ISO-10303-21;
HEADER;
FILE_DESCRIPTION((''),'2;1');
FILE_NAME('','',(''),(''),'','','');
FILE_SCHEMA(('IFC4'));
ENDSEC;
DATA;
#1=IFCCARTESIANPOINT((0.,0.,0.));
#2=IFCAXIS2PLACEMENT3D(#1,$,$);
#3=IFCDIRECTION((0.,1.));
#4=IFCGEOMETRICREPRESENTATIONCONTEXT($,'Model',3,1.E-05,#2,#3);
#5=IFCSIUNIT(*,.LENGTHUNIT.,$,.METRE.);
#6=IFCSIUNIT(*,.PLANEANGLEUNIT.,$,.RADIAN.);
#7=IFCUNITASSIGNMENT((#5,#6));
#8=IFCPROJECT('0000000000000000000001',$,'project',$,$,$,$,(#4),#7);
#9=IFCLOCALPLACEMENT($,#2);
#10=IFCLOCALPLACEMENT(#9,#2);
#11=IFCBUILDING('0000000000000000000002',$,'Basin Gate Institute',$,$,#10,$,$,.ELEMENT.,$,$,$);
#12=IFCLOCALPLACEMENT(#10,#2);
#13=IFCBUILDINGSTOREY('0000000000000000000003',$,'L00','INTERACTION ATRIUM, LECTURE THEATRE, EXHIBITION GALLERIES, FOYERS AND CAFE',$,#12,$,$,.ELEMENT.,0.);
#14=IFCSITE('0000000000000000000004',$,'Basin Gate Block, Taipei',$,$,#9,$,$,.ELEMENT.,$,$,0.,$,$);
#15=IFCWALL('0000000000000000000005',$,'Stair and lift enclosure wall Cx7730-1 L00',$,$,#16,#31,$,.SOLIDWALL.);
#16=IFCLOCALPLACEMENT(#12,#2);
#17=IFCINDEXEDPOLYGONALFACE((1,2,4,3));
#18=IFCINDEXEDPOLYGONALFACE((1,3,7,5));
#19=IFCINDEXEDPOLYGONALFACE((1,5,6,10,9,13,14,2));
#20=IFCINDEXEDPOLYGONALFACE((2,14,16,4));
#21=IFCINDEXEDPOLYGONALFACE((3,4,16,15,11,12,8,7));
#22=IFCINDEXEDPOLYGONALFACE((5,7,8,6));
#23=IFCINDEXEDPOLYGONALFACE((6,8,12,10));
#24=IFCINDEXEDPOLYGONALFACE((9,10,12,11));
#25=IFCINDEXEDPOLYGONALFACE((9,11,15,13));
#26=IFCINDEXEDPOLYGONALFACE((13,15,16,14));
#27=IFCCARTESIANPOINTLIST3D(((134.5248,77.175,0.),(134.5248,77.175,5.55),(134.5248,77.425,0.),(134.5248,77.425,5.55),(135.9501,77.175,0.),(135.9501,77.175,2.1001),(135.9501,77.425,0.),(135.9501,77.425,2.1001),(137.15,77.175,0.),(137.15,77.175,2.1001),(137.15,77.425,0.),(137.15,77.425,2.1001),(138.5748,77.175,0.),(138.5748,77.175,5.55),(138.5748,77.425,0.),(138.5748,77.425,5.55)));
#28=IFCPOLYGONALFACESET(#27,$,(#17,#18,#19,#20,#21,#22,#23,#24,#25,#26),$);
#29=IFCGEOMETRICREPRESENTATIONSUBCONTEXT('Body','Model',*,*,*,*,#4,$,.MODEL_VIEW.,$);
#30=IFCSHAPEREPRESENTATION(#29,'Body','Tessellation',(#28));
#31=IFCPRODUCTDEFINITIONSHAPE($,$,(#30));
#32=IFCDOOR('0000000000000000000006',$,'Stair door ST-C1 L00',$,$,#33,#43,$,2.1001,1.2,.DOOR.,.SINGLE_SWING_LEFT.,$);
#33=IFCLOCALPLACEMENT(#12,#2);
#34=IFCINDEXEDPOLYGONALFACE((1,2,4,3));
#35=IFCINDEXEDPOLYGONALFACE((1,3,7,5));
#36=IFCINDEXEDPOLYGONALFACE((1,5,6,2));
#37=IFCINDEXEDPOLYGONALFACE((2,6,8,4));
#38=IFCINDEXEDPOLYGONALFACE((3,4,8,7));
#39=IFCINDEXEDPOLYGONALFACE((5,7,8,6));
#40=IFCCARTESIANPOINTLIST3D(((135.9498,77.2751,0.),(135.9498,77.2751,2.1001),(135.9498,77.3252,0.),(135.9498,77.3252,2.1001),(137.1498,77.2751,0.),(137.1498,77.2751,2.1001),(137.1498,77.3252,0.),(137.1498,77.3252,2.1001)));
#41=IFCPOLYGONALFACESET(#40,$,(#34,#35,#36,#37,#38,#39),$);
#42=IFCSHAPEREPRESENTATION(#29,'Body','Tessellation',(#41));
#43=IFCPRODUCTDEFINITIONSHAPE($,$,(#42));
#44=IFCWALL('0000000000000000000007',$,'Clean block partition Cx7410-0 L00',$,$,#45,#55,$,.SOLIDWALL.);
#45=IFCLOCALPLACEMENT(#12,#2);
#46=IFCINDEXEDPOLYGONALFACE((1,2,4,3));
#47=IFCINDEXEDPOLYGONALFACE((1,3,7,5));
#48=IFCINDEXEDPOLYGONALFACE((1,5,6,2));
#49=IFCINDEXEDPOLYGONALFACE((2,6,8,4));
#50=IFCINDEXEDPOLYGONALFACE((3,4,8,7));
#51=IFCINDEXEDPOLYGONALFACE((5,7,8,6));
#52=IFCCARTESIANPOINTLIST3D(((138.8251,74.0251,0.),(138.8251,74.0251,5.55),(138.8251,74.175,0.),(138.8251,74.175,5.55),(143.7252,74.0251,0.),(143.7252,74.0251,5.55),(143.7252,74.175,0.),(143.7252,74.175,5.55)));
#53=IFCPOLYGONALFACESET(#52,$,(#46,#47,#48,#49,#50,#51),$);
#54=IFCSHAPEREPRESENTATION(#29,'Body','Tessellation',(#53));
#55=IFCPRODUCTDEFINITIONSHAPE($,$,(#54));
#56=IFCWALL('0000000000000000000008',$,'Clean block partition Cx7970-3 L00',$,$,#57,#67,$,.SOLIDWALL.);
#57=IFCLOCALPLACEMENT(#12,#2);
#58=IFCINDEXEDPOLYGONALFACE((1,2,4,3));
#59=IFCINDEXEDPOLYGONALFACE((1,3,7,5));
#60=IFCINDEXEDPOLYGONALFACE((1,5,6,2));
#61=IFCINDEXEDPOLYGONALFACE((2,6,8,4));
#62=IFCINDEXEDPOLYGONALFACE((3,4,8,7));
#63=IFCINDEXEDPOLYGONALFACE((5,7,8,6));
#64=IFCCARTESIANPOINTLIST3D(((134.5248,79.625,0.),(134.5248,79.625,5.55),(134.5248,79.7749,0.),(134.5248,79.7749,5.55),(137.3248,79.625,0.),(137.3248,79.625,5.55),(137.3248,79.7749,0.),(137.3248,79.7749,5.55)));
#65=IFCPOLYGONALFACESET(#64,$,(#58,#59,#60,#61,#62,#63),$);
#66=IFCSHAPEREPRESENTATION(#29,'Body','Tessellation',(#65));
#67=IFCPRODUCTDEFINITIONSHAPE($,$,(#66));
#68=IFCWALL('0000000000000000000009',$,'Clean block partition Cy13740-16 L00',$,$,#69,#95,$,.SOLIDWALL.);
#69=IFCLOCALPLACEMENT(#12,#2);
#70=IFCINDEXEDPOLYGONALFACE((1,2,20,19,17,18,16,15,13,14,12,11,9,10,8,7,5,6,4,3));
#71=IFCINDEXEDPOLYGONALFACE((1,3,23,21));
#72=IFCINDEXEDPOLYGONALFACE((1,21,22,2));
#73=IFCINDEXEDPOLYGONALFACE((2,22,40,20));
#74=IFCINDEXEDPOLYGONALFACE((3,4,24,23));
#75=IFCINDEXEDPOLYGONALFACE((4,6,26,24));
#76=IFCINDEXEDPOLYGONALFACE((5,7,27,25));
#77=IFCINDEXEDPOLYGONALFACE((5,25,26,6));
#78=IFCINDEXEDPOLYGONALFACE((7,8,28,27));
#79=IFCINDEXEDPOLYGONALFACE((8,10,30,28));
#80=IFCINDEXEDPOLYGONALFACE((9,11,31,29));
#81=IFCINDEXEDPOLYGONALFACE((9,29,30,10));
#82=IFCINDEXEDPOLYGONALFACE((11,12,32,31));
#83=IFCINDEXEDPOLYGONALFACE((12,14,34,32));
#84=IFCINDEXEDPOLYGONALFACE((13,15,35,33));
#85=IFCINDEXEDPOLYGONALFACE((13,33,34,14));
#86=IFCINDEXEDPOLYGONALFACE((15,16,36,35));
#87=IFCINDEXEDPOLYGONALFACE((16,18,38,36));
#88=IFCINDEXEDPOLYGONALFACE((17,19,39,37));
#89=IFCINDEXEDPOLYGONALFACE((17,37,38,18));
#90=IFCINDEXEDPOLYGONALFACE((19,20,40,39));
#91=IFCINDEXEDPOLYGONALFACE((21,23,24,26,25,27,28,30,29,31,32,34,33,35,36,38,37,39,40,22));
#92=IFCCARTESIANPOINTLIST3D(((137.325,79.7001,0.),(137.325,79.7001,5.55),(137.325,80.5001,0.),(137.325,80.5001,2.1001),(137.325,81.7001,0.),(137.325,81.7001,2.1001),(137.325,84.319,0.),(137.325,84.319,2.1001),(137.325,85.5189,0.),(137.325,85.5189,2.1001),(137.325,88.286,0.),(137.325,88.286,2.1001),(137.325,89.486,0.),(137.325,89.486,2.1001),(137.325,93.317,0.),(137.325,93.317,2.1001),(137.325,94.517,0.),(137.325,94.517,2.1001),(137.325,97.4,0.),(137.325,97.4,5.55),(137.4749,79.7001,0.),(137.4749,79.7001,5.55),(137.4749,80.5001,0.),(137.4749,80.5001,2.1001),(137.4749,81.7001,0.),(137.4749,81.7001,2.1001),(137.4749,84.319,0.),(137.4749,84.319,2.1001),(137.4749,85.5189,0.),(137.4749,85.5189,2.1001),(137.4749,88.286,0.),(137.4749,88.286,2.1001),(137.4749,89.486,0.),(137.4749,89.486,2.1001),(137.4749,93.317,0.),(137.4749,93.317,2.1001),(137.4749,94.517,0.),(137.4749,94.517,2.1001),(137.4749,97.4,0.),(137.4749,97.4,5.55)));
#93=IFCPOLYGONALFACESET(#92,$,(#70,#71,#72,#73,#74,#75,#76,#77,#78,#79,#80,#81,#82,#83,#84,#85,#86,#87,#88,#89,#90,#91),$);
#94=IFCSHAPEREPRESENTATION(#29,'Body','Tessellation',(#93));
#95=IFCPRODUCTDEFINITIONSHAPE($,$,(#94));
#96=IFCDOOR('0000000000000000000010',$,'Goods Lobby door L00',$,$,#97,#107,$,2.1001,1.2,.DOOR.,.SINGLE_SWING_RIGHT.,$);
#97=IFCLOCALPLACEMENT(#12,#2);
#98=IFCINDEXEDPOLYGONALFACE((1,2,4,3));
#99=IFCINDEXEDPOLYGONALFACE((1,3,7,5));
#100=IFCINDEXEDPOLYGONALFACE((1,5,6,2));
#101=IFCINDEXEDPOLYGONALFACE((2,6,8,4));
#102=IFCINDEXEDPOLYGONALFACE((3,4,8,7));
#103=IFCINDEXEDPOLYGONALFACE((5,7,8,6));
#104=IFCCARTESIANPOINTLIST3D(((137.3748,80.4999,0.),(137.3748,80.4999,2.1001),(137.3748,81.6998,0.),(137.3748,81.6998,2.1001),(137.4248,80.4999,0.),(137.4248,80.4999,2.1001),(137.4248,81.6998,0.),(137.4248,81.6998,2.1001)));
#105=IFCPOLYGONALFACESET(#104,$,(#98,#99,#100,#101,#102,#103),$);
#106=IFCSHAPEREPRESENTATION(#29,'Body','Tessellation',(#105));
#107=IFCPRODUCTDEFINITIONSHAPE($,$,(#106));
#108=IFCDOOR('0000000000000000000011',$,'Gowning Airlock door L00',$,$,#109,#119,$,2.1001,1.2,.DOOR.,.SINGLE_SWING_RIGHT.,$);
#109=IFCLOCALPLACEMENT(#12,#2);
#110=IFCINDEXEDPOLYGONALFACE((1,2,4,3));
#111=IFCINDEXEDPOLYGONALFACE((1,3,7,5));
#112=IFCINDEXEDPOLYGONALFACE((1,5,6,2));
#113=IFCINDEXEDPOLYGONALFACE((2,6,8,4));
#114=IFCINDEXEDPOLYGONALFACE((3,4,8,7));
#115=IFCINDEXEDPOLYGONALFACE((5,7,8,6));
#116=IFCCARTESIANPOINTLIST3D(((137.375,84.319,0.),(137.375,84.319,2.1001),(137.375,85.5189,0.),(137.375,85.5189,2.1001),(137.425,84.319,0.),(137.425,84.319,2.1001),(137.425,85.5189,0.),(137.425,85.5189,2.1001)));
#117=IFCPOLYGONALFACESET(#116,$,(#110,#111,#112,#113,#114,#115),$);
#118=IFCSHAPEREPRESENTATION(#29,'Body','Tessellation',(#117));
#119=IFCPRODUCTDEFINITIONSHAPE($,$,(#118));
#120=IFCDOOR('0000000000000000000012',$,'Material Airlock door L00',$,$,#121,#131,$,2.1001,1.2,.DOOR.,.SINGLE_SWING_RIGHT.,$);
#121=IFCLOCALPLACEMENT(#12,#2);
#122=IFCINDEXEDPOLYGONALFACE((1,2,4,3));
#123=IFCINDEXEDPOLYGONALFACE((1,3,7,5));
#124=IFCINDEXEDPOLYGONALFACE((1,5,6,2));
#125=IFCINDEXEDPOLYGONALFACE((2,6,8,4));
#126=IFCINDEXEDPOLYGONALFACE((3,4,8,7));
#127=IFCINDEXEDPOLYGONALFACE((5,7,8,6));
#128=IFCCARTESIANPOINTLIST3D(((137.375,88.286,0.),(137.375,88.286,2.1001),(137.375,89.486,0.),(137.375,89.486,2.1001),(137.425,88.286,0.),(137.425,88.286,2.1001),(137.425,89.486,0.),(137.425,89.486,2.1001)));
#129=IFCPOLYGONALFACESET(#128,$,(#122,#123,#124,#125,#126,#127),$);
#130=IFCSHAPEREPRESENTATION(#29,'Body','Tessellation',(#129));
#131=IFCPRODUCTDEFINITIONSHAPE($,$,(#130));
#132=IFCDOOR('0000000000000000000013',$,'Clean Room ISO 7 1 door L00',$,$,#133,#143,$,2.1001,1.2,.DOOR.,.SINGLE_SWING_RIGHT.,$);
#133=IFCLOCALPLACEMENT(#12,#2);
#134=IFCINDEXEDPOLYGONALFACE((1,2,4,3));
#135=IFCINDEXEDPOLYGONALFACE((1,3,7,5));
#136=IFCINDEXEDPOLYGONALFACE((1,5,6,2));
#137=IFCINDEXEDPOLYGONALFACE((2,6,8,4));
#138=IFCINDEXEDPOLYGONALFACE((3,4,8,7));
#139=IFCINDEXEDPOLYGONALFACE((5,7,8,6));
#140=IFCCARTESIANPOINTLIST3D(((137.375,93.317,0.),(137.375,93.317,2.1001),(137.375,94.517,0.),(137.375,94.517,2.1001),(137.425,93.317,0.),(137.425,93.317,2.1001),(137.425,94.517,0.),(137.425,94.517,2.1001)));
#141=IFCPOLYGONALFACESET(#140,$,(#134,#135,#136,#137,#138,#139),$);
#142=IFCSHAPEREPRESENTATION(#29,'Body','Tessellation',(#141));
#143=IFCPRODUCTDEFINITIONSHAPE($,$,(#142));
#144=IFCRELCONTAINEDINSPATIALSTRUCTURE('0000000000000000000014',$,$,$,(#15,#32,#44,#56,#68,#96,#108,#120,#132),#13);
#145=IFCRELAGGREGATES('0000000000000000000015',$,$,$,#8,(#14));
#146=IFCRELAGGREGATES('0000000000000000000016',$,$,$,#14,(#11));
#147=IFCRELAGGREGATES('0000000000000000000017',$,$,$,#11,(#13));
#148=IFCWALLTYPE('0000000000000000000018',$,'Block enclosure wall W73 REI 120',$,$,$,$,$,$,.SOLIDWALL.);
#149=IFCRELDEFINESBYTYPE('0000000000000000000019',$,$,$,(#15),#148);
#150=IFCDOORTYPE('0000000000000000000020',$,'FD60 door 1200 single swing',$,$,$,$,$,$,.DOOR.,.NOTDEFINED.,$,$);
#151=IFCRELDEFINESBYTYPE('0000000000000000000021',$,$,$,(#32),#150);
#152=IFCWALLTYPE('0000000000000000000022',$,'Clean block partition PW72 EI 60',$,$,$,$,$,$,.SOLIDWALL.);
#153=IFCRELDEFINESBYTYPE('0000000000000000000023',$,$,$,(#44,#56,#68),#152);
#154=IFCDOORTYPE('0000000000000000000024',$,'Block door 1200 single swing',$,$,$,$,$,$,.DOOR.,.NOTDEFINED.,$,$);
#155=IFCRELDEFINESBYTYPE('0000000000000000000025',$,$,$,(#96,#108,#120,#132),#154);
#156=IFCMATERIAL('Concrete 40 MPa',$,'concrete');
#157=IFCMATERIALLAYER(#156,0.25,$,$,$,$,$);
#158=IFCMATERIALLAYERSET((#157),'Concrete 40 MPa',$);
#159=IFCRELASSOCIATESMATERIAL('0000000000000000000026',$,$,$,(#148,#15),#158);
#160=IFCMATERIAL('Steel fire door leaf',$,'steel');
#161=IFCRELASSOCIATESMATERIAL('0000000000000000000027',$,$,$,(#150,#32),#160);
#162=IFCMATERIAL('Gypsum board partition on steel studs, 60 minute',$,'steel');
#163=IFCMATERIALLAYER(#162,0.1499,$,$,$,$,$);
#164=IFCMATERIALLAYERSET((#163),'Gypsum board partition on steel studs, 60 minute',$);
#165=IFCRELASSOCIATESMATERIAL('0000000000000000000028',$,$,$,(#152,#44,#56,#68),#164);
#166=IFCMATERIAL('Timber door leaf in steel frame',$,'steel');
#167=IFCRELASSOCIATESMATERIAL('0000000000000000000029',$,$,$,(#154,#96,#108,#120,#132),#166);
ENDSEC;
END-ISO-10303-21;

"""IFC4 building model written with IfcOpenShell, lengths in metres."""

from ifc_helpers import new_model, si_unit, direction, frame, frame_2d, origin, place, context, subcontext, project, spatial, rectangle, extrude, material, layer, layer_set, type_object, element, fill, save


model = new_model("IFC4")

# Units and contexts
model_context = context("Model", 3, precision=1e-05, world=origin(), true_north=direction((0.0, 1.0)))
body_context = subcontext(model_context, "Body", "Model", "MODEL_VIEW")
ifc_project = project(units=[si_unit("LENGTHUNIT", "METRE"), si_unit("PLANEANGLEUNIT", "RADIAN")], contexts=[model_context])

# Site, building, storey
site_placement = place(None, origin())
site = spatial("IfcSite", under=ifc_project, at=site_placement, Name="Basin Gate Block, Taipei", CompositionType="ELEMENT", RefElevation=0.0)
building_placement = place(site_placement, origin())
building = spatial("IfcBuilding", under=site, at=building_placement, Name="Basin Gate Institute", CompositionType="ELEMENT")
storey_placement = place(building_placement, origin())
storey = spatial("IfcBuildingStorey", under=building, at=storey_placement, Name="L00", Description="INTERACTION ATRIUM, LECTURE THEATRE, EXHIBITION GALLERIES, FOYERS AND CAFE", CompositionType="ELEMENT", Elevation=0.0)

# Wall, opening, door
ifc_material_1 = material(Name="Concrete 40 MPa", Category="concrete")
ifc_layer_1 = layer(ifc_material_1, 0.25)
ifc_layer_set_1 = layer_set([ifc_layer_1], Name="Concrete 40 MPa")
wall_type_1 = type_object("IfcWallType", Name="Block enclosure wall W73 REI 120", PredefinedType="SOLIDWALL", material=ifc_layer_set_1)
wall_1_placement = place(storey_placement, frame((134.5249, 77.3, 0.0), z_axis=(0.0, 0.0, 1.0), x_axis=(1.0, 0.0, 0.0)))
wall_1 = element("IfcWall", 1, at=wall_1_placement, inside=storey, type_object=wall_type_1, material=ifc_layer_set_1, Name="Stair and lift enclosure wall Cx7730-1 L00", PredefinedType="SOLIDWALL", context=body_context, shape_type="SweptSolid", body=[
    extrude(rectangle(XDim=4.05, YDim=0.25, at=frame_2d((2.0249, 0.0))), origin(), (0.0, 0.0, 1.0), 5.55),
])
opening_1_placement = place(wall_1_placement, frame((1.425, 0.0, 0.0)))
opening_1 = element("IfcOpeningElement", 2, at=opening_1_placement, cuts=wall_1, PredefinedType="OPENING", context=body_context, shape_type="SweptSolid", body=[
    extrude(rectangle(XDim=1.2, YDim=2.1001, at=frame_2d((0.6001, 1.05))), frame((0.0, 0.135, 0.0), z_axis=(0.0, -1.0, 0.0), x_axis=(1.0, 0.0, 0.0)), (0.0, 0.0, 1.0), 0.27),
])
ifc_material_2 = material(Name="Steel fire door leaf", Category="steel")
door_type_1 = type_object("IfcDoorType", Name="FD60 door 1200 single swing", OperationType="NOTDEFINED", PredefinedType="DOOR", material=ifc_material_2)
door_1_placement = place(opening_1_placement, frame((1.2, 0.0, 0.0), z_axis=(0.0, 0.0, 1.0), x_axis=(-1.0, 0.0, 0.0)))
door_1 = element("IfcDoor", 3, at=door_1_placement, inside=storey, type_object=door_type_1, material=ifc_material_2, Name="Stair door ST-C1 L00", OperationType="SINGLE_SWING_LEFT", OverallHeight=2.1001, OverallWidth=1.2, PredefinedType="DOOR", context=body_context, shape_type="SweptSolid", body=[
    extrude(rectangle(XDim=1.2, YDim=2.1001, at=frame_2d((0.6001, 1.05))), frame((0.0, 0.0249, 0.0), z_axis=(0.0, -1.0, 0.0), x_axis=(1.0, 0.0, 0.0)), (0.0, 0.0, 1.0), 0.05),
])
fill(opening_1, door_1)

# Walls
ifc_material_3 = material(Name="Gypsum board partition on steel studs, 60 minute", Category="steel")
ifc_layer_2 = layer(ifc_material_3, 0.1499)
ifc_layer_set_2 = layer_set([ifc_layer_2], Name="Gypsum board partition on steel studs, 60 minute")
wall_type_2 = type_object("IfcWallType", Name="Clean block partition PW72 EI 60", PredefinedType="SOLIDWALL", material=ifc_layer_set_2)
wall_2_placement = place(storey_placement, frame((138.825, 74.1001, 0.0), z_axis=(0.0, 0.0, 1.0), x_axis=(1.0, 0.0, 0.0)))
element("IfcWall", 4, at=wall_2_placement, inside=storey, type_object=wall_type_2, material=ifc_layer_set_2, Name="Clean block partition Cx7410-0 L00", PredefinedType="SOLIDWALL", context=body_context, shape_type="SweptSolid", body=[
    extrude(rectangle(XDim=4.9001, YDim=0.1499, at=frame_2d((2.4502, 0.0))), origin(), (0.0, 0.0, 1.0), 5.55),
])
wall_3_placement = place(storey_placement, frame((134.5249, 79.7, 0.0), z_axis=(0.0, 0.0, 1.0), x_axis=(1.0, 0.0, 0.0)))
element("IfcWall", 5, at=wall_3_placement, inside=storey, type_object=wall_type_2, material=ifc_layer_set_2, Name="Clean block partition Cx7970-3 L00", PredefinedType="SOLIDWALL", context=body_context, shape_type="SweptSolid", body=[
    extrude(rectangle(XDim=2.8, YDim=0.1499, at=frame_2d((1.3999, 0.0))), origin(), (0.0, 0.0, 1.0), 5.55),
])

# Wall, openings, doors
wall_4_placement = place(storey_placement, frame((137.3999, 79.7, 0.0), z_axis=(0.0, 0.0, 1.0), x_axis=(0.0, 1.0, 0.0)))
wall_4 = element("IfcWall", 6, at=wall_4_placement, inside=storey, type_object=wall_type_2, material=ifc_layer_set_2, Name="Clean block partition Cy13740-16 L00", PredefinedType="SOLIDWALL", context=body_context, shape_type="SweptSolid", body=[
    extrude(rectangle(XDim=17.7, YDim=0.1499, at=frame_2d((8.8501, 0.0))), origin(), (0.0, 0.0, 1.0), 5.55),
])
opening_2_placement = place(wall_4_placement, frame((0.8, 0.0, 0.0)))
opening_2 = element("IfcOpeningElement", 7, at=opening_2_placement, cuts=wall_4, PredefinedType="OPENING", context=body_context, shape_type="SweptSolid", body=[
    extrude(rectangle(XDim=1.2, YDim=2.1001, at=frame_2d((0.6001, 1.05))), frame((0.0, 0.085, 0.0), z_axis=(0.0, -1.0, 0.0), x_axis=(1.0, 0.0, 0.0)), (0.0, 0.0, 1.0), 0.1699),
])
opening_3_placement = place(wall_4_placement, frame((4.6189, 0.0, 0.0)))
opening_3 = element("IfcOpeningElement", 8, at=opening_3_placement, cuts=wall_4, PredefinedType="OPENING", context=body_context, shape_type="SweptSolid", body=[
    extrude(rectangle(XDim=1.2, YDim=2.1001, at=frame_2d((0.6001, 1.05))), frame((0.0, 0.085, 0.0), z_axis=(0.0, -1.0, 0.0), x_axis=(1.0, 0.0, 0.0)), (0.0, 0.0, 1.0), 0.1699),
])
opening_4_placement = place(wall_4_placement, frame((8.5859, 0.0, 0.0)))
opening_4 = element("IfcOpeningElement", 9, at=opening_4_placement, cuts=wall_4, PredefinedType="OPENING", context=body_context, shape_type="SweptSolid", body=[
    extrude(rectangle(XDim=1.2, YDim=2.1001, at=frame_2d((0.6001, 1.05))), frame((0.0, 0.085, 0.0), z_axis=(0.0, -1.0, 0.0), x_axis=(1.0, 0.0, 0.0)), (0.0, 0.0, 1.0), 0.1699),
])
opening_5_placement = place(wall_4_placement, frame((13.6169, 0.0, 0.0)))
opening_5 = element("IfcOpeningElement", 10, at=opening_5_placement, cuts=wall_4, PredefinedType="OPENING", context=body_context, shape_type="SweptSolid", body=[
    extrude(rectangle(XDim=1.2, YDim=2.1001, at=frame_2d((0.6001, 1.05))), frame((0.0, 0.085, 0.0), z_axis=(0.0, -1.0, 0.0), x_axis=(1.0, 0.0, 0.0)), (0.0, 0.0, 1.0), 0.1699),
])
ifc_material_4 = material(Name="Timber door leaf in steel frame", Category="steel")
door_type_2 = type_object("IfcDoorType", Name="Block door 1200 single swing", OperationType="NOTDEFINED", PredefinedType="DOOR", material=ifc_material_4)
door_2_placement = place(opening_2_placement, frame((1.2, 0.0, 0.0), z_axis=(0.0, 0.0, 1.0), x_axis=(-1.0, 0.0, 0.0)))
door_2 = element("IfcDoor", 11, at=door_2_placement, inside=storey, type_object=door_type_2, material=ifc_material_4, Name="Goods Lobby door L00", OperationType="SINGLE_SWING_RIGHT", OverallHeight=2.1001, OverallWidth=1.2, PredefinedType="DOOR", context=body_context, shape_type="SweptSolid", body=[
    extrude(rectangle(XDim=1.2, YDim=2.1001, at=frame_2d((0.6001, 1.05))), frame((0.0, 0.0249, 0.0), z_axis=(0.0, -1.0, 0.0), x_axis=(1.0, 0.0, 0.0)), (0.0, 0.0, 1.0), 0.05),
])
fill(opening_2, door_2)
door_3_placement = place(opening_3_placement, origin())
door_3 = element("IfcDoor", 12, at=door_3_placement, inside=storey, type_object=door_type_2, material=ifc_material_4, Name="Gowning Airlock door L00", OperationType="SINGLE_SWING_RIGHT", OverallHeight=2.1001, OverallWidth=1.2, PredefinedType="DOOR", context=body_context, shape_type="SweptSolid", body=[
    extrude(rectangle(XDim=1.2, YDim=2.1001, at=frame_2d((0.6001, 1.05))), frame((0.0, 0.0249, 0.0), z_axis=(0.0, -1.0, 0.0), x_axis=(1.0, 0.0, 0.0)), (0.0, 0.0, 1.0), 0.05),
])
fill(opening_3, door_3)
door_4_placement = place(opening_4_placement, origin())
door_4 = element("IfcDoor", 13, at=door_4_placement, inside=storey, type_object=door_type_2, material=ifc_material_4, Name="Material Airlock door L00", OperationType="SINGLE_SWING_RIGHT", OverallHeight=2.1001, OverallWidth=1.2, PredefinedType="DOOR", context=body_context, shape_type="SweptSolid", body=[
    extrude(rectangle(XDim=1.2, YDim=2.1001, at=frame_2d((0.6001, 1.05))), frame((0.0, 0.0249, 0.0), z_axis=(0.0, -1.0, 0.0), x_axis=(1.0, 0.0, 0.0)), (0.0, 0.0, 1.0), 0.05),
])
fill(opening_4, door_4)
door_5_placement = place(opening_5_placement, origin())
door_5 = element("IfcDoor", 14, at=door_5_placement, inside=storey, type_object=door_type_2, material=ifc_material_4, Name="Clean Room ISO 7 1 door L00", OperationType="SINGLE_SWING_RIGHT", OverallHeight=2.1001, OverallWidth=1.2, PredefinedType="DOOR", context=body_context, shape_type="SweptSolid", body=[
    extrude(rectangle(XDim=1.2, YDim=2.1001, at=frame_2d((0.6001, 1.05))), frame((0.0, 0.0249, 0.0), z_axis=(0.0, -1.0, 0.0), x_axis=(1.0, 0.0, 0.0)), (0.0, 0.0, 1.0), 0.05),
])
fill(opening_5, door_5)

save(model, "model.ifc")
